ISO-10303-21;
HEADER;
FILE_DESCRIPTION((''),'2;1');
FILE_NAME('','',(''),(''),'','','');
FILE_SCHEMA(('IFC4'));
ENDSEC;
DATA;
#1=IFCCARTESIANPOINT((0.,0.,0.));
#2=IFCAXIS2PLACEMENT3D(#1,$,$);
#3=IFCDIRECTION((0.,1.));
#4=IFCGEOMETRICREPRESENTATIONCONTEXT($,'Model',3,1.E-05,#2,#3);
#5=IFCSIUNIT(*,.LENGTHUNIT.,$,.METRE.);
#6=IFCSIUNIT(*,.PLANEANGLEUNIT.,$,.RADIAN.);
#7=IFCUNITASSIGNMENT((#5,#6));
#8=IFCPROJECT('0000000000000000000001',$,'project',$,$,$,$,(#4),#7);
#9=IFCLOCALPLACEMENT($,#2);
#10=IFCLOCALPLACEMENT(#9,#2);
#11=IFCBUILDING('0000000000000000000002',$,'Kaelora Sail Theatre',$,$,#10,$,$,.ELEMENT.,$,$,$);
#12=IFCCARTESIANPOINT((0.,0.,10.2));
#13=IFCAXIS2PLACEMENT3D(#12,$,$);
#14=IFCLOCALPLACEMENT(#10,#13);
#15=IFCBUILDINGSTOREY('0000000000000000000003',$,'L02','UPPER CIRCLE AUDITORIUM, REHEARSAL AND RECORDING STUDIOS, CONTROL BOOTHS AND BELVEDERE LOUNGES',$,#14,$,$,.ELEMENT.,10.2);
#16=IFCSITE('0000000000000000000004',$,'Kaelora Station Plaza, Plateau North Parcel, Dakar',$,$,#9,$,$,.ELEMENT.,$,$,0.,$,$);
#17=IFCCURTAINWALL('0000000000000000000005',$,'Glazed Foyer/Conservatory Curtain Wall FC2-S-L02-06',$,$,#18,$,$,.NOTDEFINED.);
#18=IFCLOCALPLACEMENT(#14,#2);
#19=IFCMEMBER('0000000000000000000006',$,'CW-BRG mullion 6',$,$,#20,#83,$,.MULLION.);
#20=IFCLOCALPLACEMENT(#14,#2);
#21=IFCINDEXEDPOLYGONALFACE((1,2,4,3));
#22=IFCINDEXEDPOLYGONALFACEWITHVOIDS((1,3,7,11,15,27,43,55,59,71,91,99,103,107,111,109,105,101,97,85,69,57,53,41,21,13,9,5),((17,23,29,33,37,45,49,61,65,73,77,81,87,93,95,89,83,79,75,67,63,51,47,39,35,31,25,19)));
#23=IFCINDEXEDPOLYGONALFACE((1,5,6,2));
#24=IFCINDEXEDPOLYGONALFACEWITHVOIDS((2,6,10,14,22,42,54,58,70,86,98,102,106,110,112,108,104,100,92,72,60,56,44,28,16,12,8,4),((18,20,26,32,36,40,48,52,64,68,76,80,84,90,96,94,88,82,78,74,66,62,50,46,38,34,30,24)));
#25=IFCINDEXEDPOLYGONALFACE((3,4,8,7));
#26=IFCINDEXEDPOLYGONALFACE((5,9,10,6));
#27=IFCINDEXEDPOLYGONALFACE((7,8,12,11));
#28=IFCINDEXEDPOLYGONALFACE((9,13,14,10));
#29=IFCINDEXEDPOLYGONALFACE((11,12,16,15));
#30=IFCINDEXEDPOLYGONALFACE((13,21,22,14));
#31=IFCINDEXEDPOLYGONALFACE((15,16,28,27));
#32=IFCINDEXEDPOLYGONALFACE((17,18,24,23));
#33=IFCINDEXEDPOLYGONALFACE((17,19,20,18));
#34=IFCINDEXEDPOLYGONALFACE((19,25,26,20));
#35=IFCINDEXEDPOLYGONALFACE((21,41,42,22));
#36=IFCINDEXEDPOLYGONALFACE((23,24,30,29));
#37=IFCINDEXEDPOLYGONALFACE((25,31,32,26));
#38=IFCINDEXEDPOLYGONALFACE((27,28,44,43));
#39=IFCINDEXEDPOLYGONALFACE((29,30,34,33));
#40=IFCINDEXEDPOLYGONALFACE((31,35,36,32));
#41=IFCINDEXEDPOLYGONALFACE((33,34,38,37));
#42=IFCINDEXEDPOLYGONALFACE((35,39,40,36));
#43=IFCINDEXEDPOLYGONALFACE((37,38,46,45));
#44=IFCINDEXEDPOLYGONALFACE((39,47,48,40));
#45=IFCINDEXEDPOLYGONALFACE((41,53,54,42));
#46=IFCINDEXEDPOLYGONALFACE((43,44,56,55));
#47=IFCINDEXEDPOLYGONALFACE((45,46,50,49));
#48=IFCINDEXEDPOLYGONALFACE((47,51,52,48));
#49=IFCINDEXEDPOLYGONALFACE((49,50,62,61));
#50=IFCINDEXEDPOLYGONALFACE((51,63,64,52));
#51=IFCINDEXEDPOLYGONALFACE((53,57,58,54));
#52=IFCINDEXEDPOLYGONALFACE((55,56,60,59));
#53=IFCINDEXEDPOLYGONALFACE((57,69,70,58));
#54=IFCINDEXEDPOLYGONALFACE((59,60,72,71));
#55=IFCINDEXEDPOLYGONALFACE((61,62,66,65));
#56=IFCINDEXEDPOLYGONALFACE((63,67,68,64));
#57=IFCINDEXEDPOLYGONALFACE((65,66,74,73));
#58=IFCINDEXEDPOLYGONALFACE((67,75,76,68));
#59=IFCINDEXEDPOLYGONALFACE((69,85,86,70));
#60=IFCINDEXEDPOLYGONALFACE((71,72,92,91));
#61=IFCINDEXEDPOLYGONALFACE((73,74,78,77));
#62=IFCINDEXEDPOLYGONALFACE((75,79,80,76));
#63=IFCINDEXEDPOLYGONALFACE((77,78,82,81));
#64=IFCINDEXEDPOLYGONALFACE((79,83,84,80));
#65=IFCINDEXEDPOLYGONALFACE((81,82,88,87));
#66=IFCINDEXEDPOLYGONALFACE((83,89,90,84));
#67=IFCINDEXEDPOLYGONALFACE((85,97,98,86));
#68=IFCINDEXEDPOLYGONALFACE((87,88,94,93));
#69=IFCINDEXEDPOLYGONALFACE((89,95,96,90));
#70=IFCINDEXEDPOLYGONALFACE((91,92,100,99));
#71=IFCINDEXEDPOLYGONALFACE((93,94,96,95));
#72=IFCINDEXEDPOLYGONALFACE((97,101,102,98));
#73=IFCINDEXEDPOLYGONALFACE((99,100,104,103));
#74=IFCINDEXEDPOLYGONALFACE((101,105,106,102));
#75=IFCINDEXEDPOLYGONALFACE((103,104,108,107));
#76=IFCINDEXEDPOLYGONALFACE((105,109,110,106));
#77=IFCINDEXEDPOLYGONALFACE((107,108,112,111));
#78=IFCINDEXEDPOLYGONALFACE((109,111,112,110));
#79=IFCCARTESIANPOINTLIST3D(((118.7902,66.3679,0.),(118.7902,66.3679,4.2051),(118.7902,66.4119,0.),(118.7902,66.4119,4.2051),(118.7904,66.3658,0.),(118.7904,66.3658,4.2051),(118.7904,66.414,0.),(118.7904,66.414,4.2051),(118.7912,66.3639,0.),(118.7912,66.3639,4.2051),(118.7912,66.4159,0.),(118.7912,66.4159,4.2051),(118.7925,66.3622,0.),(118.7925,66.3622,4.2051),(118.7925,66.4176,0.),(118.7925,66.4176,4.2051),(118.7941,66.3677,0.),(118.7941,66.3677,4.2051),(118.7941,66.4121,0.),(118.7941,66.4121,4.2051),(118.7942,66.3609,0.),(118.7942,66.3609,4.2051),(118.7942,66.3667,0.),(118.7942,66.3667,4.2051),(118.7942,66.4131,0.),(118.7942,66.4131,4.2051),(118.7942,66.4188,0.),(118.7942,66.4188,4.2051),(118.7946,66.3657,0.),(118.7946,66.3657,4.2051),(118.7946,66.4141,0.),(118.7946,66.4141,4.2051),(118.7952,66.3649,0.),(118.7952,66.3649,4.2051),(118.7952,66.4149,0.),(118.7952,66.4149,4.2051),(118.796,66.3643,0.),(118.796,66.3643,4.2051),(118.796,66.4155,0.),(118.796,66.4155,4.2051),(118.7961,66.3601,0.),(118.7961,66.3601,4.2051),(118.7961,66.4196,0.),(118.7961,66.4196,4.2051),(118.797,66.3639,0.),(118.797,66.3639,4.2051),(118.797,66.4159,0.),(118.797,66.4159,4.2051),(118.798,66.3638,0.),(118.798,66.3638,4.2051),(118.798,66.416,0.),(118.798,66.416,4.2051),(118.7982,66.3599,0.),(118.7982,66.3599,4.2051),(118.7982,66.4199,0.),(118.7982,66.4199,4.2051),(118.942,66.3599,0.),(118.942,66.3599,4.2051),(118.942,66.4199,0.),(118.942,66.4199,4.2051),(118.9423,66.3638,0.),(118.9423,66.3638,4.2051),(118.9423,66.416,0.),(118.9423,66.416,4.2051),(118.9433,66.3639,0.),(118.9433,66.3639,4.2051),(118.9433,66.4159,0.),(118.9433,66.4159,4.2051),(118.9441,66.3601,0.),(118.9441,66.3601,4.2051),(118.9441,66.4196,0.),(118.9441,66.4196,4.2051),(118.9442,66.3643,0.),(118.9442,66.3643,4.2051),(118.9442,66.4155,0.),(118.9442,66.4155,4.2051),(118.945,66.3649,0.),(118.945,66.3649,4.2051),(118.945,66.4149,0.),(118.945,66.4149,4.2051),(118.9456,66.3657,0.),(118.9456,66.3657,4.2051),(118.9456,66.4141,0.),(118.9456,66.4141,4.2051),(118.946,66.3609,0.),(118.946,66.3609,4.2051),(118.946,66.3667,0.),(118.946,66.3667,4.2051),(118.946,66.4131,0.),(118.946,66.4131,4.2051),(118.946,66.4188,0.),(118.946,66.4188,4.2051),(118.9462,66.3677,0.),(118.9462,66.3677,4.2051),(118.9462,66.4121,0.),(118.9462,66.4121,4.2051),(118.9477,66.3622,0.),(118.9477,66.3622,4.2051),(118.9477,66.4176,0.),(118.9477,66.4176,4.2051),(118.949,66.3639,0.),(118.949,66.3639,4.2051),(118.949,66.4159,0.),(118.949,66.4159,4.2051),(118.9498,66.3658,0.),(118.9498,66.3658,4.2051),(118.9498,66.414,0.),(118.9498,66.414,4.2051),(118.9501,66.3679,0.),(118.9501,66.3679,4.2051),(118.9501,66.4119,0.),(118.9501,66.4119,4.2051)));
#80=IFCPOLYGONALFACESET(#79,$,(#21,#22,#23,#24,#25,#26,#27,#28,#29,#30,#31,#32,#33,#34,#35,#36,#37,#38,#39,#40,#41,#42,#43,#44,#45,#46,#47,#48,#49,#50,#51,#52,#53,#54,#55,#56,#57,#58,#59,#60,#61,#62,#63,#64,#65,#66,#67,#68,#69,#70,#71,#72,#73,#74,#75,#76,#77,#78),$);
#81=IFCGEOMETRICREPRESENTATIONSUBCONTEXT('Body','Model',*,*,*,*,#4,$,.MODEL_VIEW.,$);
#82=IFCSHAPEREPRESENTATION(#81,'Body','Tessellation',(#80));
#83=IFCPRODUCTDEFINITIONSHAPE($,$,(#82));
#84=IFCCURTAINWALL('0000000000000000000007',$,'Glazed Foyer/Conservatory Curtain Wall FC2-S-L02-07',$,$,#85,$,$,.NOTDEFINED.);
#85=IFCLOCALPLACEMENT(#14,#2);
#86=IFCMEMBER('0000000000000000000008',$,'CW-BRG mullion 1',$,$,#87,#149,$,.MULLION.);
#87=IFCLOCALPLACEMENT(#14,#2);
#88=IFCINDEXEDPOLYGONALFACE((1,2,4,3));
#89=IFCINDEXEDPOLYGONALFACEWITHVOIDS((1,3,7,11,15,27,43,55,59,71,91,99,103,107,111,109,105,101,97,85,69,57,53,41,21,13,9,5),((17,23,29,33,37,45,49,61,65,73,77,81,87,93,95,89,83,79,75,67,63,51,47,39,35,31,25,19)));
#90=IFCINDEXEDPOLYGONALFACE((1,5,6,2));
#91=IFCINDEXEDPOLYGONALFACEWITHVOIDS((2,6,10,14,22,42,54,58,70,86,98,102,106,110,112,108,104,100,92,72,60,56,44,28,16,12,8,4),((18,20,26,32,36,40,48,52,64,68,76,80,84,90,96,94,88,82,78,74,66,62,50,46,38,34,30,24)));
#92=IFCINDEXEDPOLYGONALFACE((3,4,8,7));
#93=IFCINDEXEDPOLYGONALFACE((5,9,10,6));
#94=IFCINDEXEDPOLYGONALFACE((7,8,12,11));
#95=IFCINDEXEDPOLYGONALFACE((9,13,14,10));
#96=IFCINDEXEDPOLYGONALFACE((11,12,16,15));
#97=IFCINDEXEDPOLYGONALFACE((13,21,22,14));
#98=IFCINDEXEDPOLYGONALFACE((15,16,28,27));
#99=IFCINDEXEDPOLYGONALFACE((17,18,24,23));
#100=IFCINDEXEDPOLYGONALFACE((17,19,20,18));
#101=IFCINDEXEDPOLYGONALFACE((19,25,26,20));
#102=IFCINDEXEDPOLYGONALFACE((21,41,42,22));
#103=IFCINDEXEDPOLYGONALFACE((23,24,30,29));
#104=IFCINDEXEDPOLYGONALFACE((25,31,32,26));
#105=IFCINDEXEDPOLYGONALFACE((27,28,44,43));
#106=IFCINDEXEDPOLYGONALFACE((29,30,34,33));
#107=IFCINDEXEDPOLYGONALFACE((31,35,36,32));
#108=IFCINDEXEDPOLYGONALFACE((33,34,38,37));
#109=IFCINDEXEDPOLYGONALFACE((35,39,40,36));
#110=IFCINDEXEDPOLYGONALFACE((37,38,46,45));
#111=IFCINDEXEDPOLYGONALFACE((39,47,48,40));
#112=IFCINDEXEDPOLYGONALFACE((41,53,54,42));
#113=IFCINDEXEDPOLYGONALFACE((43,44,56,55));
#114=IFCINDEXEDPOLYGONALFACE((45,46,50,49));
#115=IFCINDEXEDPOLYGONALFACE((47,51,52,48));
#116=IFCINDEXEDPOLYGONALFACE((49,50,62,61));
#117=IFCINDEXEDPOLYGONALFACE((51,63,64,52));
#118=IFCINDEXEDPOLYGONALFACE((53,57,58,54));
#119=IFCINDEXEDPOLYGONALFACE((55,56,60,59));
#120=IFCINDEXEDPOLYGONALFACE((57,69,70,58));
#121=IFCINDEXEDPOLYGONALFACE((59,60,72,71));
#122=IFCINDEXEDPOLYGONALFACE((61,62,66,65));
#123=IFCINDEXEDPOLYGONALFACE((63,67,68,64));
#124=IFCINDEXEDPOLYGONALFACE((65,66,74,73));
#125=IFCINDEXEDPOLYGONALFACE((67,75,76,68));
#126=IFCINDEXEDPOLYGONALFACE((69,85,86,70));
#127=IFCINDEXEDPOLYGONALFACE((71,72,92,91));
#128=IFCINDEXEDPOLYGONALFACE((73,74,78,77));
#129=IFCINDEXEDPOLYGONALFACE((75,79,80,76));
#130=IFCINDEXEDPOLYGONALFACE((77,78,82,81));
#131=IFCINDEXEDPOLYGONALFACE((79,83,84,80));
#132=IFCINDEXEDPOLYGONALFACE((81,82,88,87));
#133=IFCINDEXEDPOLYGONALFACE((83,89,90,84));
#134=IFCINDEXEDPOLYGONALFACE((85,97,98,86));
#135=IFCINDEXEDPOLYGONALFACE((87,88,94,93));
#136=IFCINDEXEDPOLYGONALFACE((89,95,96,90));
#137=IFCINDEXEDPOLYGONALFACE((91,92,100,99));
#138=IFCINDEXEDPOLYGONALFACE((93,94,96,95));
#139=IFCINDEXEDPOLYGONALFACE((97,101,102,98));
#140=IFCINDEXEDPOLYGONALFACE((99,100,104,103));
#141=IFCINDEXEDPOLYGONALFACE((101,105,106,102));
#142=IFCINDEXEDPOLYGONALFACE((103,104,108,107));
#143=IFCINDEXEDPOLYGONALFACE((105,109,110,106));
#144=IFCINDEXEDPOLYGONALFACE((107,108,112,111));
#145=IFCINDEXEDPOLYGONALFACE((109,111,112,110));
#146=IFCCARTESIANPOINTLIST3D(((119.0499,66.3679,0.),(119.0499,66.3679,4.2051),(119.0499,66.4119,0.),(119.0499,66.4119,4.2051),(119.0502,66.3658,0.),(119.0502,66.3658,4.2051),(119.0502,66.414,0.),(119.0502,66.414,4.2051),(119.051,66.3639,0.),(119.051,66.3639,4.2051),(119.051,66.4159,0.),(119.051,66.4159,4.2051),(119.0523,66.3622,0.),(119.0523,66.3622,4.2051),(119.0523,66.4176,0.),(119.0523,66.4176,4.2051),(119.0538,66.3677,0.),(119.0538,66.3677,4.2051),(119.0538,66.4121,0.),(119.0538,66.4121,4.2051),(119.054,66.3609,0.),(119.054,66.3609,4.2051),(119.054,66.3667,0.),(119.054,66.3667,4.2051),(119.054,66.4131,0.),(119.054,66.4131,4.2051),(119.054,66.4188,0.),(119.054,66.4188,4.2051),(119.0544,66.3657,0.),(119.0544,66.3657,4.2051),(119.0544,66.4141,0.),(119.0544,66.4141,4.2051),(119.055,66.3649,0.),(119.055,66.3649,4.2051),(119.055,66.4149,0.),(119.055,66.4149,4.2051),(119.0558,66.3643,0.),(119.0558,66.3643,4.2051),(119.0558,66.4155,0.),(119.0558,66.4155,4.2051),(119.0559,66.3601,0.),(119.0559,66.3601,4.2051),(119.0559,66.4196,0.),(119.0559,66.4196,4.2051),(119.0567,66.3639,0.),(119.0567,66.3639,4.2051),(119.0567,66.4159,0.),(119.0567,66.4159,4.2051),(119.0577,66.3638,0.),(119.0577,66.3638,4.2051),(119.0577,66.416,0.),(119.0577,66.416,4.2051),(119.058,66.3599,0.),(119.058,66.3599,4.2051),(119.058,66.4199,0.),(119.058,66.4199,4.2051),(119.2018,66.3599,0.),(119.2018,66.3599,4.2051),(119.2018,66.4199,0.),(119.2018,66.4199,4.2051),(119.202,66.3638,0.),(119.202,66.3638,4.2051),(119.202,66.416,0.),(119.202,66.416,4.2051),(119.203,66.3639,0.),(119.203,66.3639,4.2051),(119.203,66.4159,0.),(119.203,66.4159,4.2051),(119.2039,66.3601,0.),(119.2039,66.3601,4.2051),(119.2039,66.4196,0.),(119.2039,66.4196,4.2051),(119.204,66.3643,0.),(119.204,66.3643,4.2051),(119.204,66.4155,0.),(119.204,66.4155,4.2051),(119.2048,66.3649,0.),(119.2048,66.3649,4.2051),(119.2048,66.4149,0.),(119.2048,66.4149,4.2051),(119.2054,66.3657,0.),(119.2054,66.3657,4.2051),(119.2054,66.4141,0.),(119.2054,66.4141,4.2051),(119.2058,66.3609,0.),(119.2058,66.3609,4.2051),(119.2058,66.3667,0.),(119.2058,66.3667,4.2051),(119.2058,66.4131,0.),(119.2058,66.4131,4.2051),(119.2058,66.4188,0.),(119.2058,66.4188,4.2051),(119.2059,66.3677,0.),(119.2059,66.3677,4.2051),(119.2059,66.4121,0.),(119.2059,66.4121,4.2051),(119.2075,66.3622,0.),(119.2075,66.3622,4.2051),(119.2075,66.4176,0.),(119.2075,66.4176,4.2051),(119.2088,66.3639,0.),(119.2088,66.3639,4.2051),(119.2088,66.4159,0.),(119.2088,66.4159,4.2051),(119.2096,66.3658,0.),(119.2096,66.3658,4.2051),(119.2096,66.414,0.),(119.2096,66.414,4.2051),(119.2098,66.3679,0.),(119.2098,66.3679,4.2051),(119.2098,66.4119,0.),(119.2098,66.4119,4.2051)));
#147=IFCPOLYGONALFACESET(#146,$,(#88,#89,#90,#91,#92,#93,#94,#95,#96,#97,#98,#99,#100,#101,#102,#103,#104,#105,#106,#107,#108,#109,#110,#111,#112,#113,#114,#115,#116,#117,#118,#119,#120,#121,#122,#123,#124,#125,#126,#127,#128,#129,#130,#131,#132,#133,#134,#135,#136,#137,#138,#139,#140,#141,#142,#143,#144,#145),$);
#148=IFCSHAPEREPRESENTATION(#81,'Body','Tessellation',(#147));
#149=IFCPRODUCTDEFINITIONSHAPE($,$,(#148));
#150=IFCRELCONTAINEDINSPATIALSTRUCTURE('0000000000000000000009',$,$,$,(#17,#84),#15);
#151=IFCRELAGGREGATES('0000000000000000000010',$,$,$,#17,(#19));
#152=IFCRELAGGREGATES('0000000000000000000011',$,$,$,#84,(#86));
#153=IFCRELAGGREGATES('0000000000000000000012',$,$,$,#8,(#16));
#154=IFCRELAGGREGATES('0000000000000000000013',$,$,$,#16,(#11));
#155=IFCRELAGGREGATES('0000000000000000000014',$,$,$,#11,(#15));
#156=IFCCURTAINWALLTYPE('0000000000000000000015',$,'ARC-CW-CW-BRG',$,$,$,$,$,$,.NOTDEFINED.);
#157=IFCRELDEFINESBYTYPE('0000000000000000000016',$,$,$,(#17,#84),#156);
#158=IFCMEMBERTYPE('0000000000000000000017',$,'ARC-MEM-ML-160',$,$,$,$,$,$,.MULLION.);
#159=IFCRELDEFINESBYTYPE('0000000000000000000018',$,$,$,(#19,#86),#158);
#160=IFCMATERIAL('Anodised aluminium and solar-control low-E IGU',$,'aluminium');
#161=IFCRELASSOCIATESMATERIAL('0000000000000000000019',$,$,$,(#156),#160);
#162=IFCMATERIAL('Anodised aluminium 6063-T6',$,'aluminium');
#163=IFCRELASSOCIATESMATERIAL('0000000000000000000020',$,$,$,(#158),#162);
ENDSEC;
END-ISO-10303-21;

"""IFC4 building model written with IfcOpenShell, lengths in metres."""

from ifc_helpers import new_model, si_unit, direction, frame, origin, origin_2d, place, context, subcontext, project, spatial, hollow_rectangle, extrude, material, material_profile, profile_set, type_object, element, aggregate, save


model = new_model("IFC4")

# Units and contexts
model_context = context("Model", 3, precision=1e-05, world=origin(), true_north=direction((0.0, 1.0)))
body_context = subcontext(model_context, "Body", "Model", "MODEL_VIEW")
ifc_project = project(units=[si_unit("LENGTHUNIT", "METRE"), si_unit("PLANEANGLEUNIT", "RADIAN")], contexts=[model_context])

# Site, building, storey
site_placement = place(None, origin())
site = spatial("IfcSite", under=ifc_project, at=site_placement, Name="Kaelora Station Plaza, Plateau North Parcel, Dakar", CompositionType="ELEMENT", RefElevation=0.0)
building_placement = place(site_placement, origin())
building = spatial("IfcBuilding", under=site, at=building_placement, Name="Kaelora Sail Theatre", CompositionType="ELEMENT")
storey_placement = place(building_placement, frame((0.0, 0.0, 10.2)))
storey = spatial("IfcBuildingStorey", under=building, at=storey_placement, Name="L02", Description="UPPER CIRCLE AUDITORIUM, REHEARSAL AND RECORDING STUDIOS, CONTROL BOOTHS AND BELVEDERE LOUNGES", CompositionType="ELEMENT", Elevation=10.2)

# Curtain wall, member
ifc_material_1 = material(Name="Anodised aluminium and solar-control low-E IGU", Category="aluminium")
curtain_wall_type = type_object("IfcCurtainWallType", Name="ARC-CW-CW-BRG", PredefinedType="NOTDEFINED", material=ifc_material_1)
curtain_wall_1_placement = place(storey_placement, origin())
curtain_wall_1 = element("IfcCurtainWall", 1, at=curtain_wall_1_placement, inside=storey, type_object=curtain_wall_type, Name="Glazed Foyer/Conservatory Curtain Wall FC2-S-L02-06", PredefinedType="NOTDEFINED")
ifc_material_2 = material(Name="Anodised aluminium 6063-T6", Category="aluminium")
ifc_material_profile_1 = material_profile(ifc_material_2, hollow_rectangle(XDim=0.0601, YDim=0.1599, WallThickness=0.0039, InnerFilletRadius=0.0039, OuterFilletRadius=0.0081, at=origin_2d()), Name="ALU-MULL 60x160x4")
ifc_profile_set_1 = profile_set([ifc_material_profile_1], Name="Anodised aluminium 6063-T6")
member_type_1 = type_object("IfcMemberType", Name="ARC-MEM-ML-160", PredefinedType="MULLION", material=ifc_profile_set_1)
member_1_placement = place(storey_placement, frame((118.8701, 66.3899, 0.0), z_axis=(0.0, 0.0, 1.0), x_axis=(0.0, 1.0, 0.0)))
member_1 = element("IfcMember", 2, at=member_1_placement, type_object=member_type_1, Name="CW-BRG mullion 6", PredefinedType="MULLION", context=body_context, shape_type="SweptSolid", body=[
    extrude(hollow_rectangle(XDim=0.0601, YDim=0.1599, WallThickness=0.0039, InnerFilletRadius=0.0039, OuterFilletRadius=0.0081, at=origin_2d()), origin(), (0.0, 0.0, 1.0), 4.2051),
])

# Curtain wall, member
curtain_wall_2_placement = place(storey_placement, origin())
curtain_wall_2 = element("IfcCurtainWall", 3, at=curtain_wall_2_placement, inside=storey, type_object=curtain_wall_type, Name="Glazed Foyer/Conservatory Curtain Wall FC2-S-L02-07", PredefinedType="NOTDEFINED")
member_2_placement = place(storey_placement, frame((119.1299, 66.3899, 0.0), z_axis=(0.0, 0.0, 1.0), x_axis=(0.0, 1.0, 0.0)))
member_2 = element("IfcMember", 4, at=member_2_placement, type_object=member_type_1, Name="CW-BRG mullion 1", PredefinedType="MULLION", context=body_context, shape_type="SweptSolid", body=[
    extrude(hollow_rectangle(XDim=0.0601, YDim=0.1599, WallThickness=0.0039, InnerFilletRadius=0.0039, OuterFilletRadius=0.0081, at=origin_2d()), origin(), (0.0, 0.0, 1.0), 4.2051),
])

aggregate(curtain_wall_1, [member_1])
aggregate(curtain_wall_2, [member_2])

save(model, "model.ifc")
